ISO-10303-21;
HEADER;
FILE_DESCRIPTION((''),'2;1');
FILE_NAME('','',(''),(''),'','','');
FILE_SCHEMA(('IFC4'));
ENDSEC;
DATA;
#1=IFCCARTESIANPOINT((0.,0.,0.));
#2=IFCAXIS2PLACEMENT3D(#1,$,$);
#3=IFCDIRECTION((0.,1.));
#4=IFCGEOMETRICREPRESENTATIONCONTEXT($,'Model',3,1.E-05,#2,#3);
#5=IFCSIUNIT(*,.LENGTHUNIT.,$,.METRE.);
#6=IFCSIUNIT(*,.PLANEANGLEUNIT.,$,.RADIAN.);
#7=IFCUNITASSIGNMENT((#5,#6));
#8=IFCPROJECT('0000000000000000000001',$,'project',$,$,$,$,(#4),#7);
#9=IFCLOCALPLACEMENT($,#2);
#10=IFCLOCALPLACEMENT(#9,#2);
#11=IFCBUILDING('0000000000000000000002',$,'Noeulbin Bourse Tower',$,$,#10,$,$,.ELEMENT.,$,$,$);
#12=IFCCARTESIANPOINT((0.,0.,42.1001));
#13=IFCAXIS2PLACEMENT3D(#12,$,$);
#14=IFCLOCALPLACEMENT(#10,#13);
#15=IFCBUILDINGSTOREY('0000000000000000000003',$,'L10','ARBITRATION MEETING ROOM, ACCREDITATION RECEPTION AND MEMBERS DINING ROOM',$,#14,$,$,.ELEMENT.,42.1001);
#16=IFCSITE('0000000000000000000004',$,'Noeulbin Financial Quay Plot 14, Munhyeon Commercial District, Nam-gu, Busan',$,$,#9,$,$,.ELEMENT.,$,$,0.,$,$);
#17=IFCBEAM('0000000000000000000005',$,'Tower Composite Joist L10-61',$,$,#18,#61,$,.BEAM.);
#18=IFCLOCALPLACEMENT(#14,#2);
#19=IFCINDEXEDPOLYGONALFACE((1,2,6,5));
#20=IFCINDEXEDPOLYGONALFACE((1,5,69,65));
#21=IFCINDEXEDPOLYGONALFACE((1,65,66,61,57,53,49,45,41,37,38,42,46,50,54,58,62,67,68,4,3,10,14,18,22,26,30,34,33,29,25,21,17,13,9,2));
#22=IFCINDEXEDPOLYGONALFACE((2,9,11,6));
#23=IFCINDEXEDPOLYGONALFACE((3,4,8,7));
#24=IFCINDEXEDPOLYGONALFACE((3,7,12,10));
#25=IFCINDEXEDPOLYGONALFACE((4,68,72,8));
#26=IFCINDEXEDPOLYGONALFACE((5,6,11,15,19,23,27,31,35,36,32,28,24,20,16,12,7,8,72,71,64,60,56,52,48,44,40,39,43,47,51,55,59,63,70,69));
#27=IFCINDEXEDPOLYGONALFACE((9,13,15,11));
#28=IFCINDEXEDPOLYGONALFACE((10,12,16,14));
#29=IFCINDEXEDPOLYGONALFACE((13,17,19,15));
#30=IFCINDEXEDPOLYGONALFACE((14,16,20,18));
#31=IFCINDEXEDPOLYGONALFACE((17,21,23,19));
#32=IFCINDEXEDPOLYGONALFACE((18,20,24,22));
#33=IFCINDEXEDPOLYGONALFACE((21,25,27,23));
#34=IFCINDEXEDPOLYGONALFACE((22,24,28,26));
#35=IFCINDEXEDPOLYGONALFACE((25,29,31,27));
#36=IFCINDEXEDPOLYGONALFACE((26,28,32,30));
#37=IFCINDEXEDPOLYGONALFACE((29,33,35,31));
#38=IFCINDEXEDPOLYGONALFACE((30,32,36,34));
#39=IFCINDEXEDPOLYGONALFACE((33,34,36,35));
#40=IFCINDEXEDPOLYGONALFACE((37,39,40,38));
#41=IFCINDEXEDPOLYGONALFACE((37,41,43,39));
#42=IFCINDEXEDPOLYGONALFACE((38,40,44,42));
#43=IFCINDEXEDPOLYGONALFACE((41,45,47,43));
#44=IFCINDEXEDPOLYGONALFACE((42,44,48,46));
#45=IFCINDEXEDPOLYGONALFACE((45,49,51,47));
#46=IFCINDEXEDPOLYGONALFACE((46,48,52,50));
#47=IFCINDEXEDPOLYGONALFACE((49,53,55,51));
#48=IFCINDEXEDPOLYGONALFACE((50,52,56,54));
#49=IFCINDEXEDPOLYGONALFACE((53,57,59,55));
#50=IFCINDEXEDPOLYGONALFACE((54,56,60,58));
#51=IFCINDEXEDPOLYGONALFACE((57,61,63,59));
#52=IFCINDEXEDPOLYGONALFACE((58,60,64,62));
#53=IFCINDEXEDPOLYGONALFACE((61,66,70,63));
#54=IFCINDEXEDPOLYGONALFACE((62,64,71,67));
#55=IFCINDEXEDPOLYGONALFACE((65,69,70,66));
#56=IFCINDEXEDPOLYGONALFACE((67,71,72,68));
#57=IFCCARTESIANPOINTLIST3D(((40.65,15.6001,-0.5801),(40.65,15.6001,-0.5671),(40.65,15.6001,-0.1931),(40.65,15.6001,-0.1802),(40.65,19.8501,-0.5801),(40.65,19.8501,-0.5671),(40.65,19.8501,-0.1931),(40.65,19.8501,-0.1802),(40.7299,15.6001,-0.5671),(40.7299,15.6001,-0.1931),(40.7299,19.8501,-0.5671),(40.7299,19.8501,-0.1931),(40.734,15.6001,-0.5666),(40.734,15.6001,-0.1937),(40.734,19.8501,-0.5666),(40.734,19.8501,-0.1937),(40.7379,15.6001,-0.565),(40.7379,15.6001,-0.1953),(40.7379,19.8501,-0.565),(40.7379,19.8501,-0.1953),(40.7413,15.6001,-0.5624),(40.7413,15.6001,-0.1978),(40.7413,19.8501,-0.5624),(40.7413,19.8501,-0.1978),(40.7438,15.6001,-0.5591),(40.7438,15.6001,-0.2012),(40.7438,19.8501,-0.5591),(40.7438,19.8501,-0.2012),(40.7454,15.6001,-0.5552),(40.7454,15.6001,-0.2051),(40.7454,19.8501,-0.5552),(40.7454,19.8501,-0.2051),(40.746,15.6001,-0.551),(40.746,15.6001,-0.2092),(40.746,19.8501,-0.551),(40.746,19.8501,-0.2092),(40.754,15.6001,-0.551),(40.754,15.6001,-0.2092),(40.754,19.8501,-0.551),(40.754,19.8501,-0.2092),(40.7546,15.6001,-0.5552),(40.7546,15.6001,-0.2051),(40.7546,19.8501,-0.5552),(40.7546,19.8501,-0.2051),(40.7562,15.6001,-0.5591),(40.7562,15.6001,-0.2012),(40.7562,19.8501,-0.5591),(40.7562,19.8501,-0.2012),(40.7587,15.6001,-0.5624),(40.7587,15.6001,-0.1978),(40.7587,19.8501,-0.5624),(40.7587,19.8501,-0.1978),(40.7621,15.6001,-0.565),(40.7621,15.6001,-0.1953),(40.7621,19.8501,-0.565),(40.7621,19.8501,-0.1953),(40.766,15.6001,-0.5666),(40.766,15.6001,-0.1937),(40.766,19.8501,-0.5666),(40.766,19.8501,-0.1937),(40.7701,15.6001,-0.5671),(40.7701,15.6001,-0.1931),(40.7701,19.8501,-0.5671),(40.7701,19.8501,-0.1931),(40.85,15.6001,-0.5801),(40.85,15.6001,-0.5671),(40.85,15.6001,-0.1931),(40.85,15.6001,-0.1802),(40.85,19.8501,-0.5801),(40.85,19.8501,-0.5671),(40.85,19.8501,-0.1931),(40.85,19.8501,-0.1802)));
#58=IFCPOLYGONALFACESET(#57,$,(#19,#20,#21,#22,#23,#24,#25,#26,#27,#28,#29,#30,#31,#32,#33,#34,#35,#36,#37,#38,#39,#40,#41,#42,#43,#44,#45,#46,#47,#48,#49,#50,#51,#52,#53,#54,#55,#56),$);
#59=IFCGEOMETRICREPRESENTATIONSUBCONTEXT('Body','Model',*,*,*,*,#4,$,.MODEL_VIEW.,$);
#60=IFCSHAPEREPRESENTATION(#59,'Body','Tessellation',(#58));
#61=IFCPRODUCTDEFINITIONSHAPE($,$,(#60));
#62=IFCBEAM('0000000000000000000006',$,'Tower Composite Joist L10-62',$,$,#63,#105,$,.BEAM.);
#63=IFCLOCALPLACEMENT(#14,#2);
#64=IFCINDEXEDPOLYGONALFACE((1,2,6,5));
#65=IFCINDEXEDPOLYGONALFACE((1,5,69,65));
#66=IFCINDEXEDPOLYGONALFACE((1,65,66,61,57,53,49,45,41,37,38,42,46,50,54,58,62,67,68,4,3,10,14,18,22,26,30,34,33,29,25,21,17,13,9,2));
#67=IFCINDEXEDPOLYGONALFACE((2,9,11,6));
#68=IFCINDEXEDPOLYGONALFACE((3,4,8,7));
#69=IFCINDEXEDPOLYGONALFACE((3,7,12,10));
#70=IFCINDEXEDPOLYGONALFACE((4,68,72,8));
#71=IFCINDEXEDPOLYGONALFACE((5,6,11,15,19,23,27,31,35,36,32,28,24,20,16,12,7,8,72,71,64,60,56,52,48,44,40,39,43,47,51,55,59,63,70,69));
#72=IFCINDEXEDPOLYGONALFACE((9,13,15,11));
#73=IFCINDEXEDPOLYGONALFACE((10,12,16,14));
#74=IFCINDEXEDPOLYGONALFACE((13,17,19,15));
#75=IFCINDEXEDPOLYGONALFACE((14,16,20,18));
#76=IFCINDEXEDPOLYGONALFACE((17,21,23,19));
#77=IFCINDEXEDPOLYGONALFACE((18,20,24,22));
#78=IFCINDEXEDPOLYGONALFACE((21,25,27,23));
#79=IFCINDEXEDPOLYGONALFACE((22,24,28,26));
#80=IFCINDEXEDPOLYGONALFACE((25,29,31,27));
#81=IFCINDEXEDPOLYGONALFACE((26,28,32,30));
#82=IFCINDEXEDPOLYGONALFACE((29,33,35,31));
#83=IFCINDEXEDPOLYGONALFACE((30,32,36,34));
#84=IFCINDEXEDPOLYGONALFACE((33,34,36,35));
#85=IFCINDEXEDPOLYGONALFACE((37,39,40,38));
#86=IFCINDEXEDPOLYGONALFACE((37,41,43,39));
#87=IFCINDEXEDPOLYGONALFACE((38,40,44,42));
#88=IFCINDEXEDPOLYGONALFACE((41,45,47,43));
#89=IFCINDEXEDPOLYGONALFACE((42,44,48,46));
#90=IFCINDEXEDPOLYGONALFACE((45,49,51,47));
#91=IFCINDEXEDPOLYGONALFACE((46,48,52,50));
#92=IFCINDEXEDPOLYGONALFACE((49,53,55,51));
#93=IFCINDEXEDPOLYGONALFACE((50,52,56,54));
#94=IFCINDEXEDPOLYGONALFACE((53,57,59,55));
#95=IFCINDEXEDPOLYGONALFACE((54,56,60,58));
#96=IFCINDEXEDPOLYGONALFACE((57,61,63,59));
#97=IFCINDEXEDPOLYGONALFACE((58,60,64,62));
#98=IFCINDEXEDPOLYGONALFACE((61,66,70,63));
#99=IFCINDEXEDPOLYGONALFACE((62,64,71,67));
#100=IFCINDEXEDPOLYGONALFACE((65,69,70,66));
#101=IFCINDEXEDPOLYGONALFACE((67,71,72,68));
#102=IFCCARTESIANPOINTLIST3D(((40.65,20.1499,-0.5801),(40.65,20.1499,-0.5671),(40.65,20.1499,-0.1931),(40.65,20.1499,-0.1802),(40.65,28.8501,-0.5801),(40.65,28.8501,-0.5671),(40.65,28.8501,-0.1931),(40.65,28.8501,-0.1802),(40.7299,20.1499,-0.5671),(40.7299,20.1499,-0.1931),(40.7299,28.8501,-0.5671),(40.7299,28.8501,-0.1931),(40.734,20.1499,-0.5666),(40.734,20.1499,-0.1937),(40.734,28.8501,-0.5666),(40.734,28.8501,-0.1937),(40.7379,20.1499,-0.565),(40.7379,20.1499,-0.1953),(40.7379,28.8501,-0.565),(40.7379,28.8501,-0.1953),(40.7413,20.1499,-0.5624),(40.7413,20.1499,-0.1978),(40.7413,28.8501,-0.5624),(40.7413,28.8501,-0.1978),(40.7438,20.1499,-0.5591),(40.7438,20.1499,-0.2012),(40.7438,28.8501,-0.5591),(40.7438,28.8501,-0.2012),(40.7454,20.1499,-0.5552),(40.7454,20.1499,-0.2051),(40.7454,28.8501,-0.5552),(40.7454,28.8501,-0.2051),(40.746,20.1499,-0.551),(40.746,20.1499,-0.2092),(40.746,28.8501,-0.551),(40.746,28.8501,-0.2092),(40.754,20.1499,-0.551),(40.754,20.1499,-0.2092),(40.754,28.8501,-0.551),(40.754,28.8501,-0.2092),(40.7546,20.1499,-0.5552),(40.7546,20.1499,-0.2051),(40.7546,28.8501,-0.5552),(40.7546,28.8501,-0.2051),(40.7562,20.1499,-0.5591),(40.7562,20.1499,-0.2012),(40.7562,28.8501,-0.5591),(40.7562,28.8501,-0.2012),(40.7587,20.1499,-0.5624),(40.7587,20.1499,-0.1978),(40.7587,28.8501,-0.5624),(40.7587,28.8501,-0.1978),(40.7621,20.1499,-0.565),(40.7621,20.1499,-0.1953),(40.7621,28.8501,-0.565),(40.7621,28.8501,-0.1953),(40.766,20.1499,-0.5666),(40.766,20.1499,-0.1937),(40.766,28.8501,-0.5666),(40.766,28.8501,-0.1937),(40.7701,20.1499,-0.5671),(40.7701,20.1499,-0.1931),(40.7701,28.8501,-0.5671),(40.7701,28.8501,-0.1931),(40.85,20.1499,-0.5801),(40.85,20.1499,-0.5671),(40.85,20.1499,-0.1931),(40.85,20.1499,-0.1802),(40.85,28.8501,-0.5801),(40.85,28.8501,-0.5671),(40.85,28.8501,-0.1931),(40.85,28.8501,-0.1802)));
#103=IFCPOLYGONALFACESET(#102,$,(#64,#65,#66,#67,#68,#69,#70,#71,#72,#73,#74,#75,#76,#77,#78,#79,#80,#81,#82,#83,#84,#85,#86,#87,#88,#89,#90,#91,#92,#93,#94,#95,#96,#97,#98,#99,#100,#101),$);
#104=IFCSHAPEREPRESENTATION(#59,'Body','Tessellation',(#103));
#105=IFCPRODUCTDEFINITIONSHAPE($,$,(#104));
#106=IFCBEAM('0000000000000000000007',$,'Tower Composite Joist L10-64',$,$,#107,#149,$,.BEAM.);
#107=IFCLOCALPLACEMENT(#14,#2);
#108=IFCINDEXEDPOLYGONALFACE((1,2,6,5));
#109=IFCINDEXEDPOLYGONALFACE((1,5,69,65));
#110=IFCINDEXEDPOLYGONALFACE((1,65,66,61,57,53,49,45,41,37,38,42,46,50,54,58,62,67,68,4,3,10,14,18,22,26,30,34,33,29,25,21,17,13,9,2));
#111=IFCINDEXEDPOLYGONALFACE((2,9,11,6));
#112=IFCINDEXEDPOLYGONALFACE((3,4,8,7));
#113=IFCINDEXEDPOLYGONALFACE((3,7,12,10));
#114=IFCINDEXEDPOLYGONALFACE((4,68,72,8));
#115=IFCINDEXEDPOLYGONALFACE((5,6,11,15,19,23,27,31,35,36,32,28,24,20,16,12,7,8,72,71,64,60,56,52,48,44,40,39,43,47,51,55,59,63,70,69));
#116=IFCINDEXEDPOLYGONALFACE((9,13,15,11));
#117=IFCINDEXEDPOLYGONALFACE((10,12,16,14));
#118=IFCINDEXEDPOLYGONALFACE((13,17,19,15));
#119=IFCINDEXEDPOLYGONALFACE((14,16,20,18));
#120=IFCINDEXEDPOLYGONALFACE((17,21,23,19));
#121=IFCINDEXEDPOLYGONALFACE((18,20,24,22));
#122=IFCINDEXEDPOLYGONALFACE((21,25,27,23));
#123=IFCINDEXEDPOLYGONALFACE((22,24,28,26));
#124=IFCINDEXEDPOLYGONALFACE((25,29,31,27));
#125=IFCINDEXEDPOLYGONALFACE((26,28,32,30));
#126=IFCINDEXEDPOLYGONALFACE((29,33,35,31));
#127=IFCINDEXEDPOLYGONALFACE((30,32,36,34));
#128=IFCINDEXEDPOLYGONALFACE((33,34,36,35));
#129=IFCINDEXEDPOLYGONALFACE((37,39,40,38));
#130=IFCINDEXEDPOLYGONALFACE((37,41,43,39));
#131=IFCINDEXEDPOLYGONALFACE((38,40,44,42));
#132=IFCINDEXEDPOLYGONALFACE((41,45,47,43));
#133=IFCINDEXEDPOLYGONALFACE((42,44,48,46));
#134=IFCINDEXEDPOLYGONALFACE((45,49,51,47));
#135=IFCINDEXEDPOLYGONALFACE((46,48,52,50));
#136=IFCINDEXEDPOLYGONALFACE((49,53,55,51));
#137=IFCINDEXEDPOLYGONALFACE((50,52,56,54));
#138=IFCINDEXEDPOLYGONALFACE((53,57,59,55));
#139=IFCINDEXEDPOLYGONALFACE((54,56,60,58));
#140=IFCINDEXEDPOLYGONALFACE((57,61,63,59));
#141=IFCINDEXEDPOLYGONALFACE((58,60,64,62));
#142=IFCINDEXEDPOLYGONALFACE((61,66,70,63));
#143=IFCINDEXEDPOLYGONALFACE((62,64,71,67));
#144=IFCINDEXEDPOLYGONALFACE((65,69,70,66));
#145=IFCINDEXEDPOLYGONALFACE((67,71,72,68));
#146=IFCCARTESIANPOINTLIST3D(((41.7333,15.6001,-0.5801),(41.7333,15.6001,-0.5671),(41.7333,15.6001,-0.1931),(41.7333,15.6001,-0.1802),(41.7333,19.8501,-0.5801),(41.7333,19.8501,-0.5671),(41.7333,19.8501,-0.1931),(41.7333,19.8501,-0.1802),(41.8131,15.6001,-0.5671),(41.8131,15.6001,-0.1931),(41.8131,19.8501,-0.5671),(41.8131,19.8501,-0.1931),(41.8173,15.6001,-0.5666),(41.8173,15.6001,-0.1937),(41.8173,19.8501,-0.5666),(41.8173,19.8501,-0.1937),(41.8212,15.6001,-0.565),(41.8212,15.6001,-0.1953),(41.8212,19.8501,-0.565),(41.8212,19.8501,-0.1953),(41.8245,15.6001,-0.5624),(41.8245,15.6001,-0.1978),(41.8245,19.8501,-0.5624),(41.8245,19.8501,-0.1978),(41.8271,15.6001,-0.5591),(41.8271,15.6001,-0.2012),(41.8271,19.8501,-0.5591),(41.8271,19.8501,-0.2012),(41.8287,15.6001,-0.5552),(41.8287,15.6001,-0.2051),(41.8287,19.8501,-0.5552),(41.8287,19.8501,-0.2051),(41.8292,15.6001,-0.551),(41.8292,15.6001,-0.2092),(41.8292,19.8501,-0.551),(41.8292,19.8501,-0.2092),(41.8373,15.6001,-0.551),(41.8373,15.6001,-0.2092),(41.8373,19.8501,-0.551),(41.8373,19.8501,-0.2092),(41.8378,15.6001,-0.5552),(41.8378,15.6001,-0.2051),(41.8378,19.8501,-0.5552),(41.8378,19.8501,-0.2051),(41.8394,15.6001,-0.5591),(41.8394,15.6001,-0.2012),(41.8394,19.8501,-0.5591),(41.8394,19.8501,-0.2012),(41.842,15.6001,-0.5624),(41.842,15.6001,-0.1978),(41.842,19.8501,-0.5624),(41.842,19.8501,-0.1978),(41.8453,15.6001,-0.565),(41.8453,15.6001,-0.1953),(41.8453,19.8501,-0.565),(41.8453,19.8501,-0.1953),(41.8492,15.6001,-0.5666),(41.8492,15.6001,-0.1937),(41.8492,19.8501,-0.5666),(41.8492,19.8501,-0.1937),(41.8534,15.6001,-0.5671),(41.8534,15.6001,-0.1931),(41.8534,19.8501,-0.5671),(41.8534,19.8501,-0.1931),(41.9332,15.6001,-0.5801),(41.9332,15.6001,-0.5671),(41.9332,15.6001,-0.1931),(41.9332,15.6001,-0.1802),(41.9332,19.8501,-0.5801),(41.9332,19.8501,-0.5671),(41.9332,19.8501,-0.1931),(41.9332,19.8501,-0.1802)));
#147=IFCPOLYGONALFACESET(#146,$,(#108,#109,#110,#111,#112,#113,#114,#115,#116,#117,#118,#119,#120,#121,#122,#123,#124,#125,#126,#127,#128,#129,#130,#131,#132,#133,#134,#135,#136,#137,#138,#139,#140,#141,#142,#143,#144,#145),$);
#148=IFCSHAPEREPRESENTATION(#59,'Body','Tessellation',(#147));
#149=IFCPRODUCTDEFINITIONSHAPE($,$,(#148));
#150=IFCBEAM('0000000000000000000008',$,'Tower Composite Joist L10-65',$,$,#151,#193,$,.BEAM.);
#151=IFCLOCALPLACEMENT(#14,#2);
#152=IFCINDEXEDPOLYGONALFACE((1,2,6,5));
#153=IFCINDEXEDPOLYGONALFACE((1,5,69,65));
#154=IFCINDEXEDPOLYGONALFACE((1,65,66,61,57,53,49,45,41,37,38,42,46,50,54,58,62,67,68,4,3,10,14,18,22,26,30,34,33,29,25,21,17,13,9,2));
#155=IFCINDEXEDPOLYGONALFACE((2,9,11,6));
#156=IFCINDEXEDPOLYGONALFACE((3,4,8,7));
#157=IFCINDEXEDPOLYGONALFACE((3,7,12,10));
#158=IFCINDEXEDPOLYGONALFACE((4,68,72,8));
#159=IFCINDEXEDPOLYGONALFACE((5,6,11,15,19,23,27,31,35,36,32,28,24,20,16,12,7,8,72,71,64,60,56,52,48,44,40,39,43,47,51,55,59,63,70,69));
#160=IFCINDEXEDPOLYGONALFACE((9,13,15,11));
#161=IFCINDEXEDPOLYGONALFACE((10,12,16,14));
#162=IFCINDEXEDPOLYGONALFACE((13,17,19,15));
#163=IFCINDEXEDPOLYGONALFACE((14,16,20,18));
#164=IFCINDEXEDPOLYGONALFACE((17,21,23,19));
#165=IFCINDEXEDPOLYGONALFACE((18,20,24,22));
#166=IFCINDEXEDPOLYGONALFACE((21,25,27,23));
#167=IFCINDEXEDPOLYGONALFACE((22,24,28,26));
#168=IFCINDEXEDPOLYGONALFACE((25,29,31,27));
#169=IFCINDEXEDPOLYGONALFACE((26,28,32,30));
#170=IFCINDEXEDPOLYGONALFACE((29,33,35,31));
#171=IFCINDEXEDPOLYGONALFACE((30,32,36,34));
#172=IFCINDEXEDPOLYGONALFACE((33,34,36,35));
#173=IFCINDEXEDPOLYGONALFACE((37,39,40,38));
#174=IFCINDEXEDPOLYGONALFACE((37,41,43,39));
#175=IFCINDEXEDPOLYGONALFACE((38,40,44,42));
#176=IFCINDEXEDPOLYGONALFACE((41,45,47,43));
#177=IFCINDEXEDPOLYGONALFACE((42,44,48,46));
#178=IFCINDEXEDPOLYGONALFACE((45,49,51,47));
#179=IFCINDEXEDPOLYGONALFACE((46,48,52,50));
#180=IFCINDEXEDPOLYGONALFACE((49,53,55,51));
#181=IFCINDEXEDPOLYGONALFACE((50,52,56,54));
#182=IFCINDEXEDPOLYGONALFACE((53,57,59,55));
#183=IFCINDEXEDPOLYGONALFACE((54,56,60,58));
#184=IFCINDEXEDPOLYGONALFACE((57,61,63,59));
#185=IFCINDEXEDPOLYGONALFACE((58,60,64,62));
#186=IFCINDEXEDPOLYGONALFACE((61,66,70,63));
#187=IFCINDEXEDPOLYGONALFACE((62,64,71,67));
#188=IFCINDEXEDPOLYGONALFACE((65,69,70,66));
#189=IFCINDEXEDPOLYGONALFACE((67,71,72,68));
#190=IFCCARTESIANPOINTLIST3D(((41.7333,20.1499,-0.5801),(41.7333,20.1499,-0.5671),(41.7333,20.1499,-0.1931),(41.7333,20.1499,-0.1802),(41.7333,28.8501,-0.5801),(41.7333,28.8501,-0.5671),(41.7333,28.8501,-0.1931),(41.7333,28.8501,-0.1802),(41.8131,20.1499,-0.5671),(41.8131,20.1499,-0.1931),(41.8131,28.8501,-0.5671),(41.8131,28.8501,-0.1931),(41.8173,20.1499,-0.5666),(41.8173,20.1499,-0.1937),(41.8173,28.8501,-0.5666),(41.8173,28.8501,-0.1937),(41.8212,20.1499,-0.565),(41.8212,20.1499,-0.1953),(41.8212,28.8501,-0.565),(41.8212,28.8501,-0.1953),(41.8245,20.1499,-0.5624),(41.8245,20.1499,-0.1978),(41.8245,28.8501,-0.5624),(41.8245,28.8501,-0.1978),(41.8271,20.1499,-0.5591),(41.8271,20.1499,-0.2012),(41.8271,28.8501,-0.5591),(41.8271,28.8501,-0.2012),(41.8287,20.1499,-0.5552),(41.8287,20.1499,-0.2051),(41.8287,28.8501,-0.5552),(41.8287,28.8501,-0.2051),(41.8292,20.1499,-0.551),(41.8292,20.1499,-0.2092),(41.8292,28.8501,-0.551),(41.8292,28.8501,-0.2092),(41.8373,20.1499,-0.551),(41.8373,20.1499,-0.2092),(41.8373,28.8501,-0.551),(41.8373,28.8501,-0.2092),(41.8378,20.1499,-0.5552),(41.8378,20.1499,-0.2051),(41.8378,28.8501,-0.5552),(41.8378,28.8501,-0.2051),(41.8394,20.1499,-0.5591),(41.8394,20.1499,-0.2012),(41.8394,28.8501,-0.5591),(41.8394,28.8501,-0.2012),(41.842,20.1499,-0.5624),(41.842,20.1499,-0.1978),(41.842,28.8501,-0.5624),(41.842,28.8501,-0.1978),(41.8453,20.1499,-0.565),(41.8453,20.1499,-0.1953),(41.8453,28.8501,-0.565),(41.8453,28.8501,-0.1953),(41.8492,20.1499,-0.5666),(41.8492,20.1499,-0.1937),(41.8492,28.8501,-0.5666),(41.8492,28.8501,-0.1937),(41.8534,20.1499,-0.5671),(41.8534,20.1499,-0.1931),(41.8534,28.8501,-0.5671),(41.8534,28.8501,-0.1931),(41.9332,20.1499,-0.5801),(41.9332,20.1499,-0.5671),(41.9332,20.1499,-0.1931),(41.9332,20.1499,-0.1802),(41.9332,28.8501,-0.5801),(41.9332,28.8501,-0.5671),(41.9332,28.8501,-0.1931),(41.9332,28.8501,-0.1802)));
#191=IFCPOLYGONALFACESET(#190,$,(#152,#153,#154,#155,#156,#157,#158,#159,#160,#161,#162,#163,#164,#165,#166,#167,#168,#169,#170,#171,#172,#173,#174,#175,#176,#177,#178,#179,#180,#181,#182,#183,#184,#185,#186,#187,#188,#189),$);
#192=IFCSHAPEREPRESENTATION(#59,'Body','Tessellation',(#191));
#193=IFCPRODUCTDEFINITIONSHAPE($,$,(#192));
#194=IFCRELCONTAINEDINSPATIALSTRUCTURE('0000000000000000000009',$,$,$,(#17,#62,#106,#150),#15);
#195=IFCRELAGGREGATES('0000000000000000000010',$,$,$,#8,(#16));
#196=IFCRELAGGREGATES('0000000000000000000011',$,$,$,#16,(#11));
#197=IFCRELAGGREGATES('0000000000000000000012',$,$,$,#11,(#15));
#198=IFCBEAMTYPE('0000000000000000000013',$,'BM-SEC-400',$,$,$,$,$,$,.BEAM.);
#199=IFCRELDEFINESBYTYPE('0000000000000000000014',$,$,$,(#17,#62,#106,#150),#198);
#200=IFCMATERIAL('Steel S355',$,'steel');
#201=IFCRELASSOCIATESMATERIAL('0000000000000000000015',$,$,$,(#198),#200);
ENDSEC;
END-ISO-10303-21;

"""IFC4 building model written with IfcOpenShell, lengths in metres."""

from ifc_helpers import new_model, si_unit, direction, frame, origin, origin_2d, place, context, subcontext, project, spatial, i_section, extrude, material, material_profile, profile_set, type_object, element, save


model = new_model("IFC4")

# Units and contexts
model_context = context("Model", 3, precision=1e-05, world=origin(), true_north=direction((0.0, 1.0)))
body_context = subcontext(model_context, "Body", "Model", "MODEL_VIEW")
ifc_project = project(units=[si_unit("LENGTHUNIT", "METRE"), si_unit("PLANEANGLEUNIT", "RADIAN")], contexts=[model_context])

# Site, building, storey
site_placement = place(None, origin())
site = spatial("IfcSite", under=ifc_project, at=site_placement, Name="Noeulbin Financial Quay Plot 14, Munhyeon Commercial District, Nam-gu, Busan", CompositionType="ELEMENT", RefElevation=0.0)
building_placement = place(site_placement, origin())
building = spatial("IfcBuilding", under=site, at=building_placement, Name="Noeulbin Bourse Tower", CompositionType="ELEMENT")
storey_placement = place(building_placement, frame((0.0, 0.0, 42.1001)))
storey = spatial("IfcBuildingStorey", under=building, at=storey_placement, Name="L10", Description="ARBITRATION MEETING ROOM, ACCREDITATION RECEPTION AND MEMBERS DINING ROOM", CompositionType="ELEMENT", Elevation=42.1001)

# Beams
ifc_material_1 = material(Name="Steel S355", Category="steel")
ifc_material_profile_1 = material_profile(ifc_material_1, i_section(OverallWidth=0.2, OverallDepth=0.3999, WebThickness=0.0081, FlangeThickness=0.0129, FilletRadius=0.0161, at=origin_2d()), Name="H-400x200x8x13", Category="LoadBearing")
ifc_profile_set_1 = profile_set([ifc_material_profile_1], Name="Steel S355")
beam_type_1 = type_object("IfcBeamType", Name="BM-SEC-400", PredefinedType="BEAM", material=ifc_profile_set_1)
beam_1_placement = place(storey_placement, frame((40.75, 15.6001, -0.3801), z_axis=(0.0, 1.0, 0.0), x_axis=(-1.0, 0.0, 0.0)))
element("IfcBeam", 1, at=beam_1_placement, inside=storey, type_object=beam_type_1, Name="Tower Composite Joist L10-61", PredefinedType="BEAM", context=body_context, shape_type="SweptSolid", body=[
    extrude(i_section(OverallWidth=0.2, OverallDepth=0.3999, WebThickness=0.0081, FlangeThickness=0.0129, FilletRadius=0.0161, at=origin_2d()), origin(), (0.0, 0.0, 1.0), 4.25),
])
beam_2_placement = place(storey_placement, frame((40.75, 20.1499, -0.3801), z_axis=(0.0, 1.0, 0.0), x_axis=(-1.0, 0.0, 0.0)))
element("IfcBeam", 2, at=beam_2_placement, inside=storey, type_object=beam_type_1, Name="Tower Composite Joist L10-62", PredefinedType="BEAM", context=body_context, shape_type="SweptSolid", body=[
    extrude(i_section(OverallWidth=0.2, OverallDepth=0.3999, WebThickness=0.0081, FlangeThickness=0.0129, FilletRadius=0.0161, at=origin_2d()), origin(), (0.0, 0.0, 1.0), 8.7002),
])
beam_3_placement = place(storey_placement, frame((41.8333, 15.6001, -0.3801), z_axis=(0.0, 1.0, 0.0), x_axis=(-1.0, 0.0, 0.0)))
element("IfcBeam", 3, at=beam_3_placement, inside=storey, type_object=beam_type_1, Name="Tower Composite Joist L10-64", PredefinedType="BEAM", context=body_context, shape_type="SweptSolid", body=[
    extrude(i_section(OverallWidth=0.2, OverallDepth=0.3999, WebThickness=0.0081, FlangeThickness=0.0129, FilletRadius=0.0161, at=origin_2d()), origin(), (0.0, 0.0, 1.0), 4.25),
])
beam_4_placement = place(storey_placement, frame((41.8333, 20.1499, -0.3801), z_axis=(0.0, 1.0, 0.0), x_axis=(-1.0, 0.0, 0.0)))
element("IfcBeam", 4, at=beam_4_placement, inside=storey, type_object=beam_type_1, Name="Tower Composite Joist L10-65", PredefinedType="BEAM", context=body_context, shape_type="SweptSolid", body=[
    extrude(i_section(OverallWidth=0.2, OverallDepth=0.3999, WebThickness=0.0081, FlangeThickness=0.0129, FilletRadius=0.0161, at=origin_2d()), origin(), (0.0, 0.0, 1.0), 8.7002),
])

save(model, "model.ifc")
